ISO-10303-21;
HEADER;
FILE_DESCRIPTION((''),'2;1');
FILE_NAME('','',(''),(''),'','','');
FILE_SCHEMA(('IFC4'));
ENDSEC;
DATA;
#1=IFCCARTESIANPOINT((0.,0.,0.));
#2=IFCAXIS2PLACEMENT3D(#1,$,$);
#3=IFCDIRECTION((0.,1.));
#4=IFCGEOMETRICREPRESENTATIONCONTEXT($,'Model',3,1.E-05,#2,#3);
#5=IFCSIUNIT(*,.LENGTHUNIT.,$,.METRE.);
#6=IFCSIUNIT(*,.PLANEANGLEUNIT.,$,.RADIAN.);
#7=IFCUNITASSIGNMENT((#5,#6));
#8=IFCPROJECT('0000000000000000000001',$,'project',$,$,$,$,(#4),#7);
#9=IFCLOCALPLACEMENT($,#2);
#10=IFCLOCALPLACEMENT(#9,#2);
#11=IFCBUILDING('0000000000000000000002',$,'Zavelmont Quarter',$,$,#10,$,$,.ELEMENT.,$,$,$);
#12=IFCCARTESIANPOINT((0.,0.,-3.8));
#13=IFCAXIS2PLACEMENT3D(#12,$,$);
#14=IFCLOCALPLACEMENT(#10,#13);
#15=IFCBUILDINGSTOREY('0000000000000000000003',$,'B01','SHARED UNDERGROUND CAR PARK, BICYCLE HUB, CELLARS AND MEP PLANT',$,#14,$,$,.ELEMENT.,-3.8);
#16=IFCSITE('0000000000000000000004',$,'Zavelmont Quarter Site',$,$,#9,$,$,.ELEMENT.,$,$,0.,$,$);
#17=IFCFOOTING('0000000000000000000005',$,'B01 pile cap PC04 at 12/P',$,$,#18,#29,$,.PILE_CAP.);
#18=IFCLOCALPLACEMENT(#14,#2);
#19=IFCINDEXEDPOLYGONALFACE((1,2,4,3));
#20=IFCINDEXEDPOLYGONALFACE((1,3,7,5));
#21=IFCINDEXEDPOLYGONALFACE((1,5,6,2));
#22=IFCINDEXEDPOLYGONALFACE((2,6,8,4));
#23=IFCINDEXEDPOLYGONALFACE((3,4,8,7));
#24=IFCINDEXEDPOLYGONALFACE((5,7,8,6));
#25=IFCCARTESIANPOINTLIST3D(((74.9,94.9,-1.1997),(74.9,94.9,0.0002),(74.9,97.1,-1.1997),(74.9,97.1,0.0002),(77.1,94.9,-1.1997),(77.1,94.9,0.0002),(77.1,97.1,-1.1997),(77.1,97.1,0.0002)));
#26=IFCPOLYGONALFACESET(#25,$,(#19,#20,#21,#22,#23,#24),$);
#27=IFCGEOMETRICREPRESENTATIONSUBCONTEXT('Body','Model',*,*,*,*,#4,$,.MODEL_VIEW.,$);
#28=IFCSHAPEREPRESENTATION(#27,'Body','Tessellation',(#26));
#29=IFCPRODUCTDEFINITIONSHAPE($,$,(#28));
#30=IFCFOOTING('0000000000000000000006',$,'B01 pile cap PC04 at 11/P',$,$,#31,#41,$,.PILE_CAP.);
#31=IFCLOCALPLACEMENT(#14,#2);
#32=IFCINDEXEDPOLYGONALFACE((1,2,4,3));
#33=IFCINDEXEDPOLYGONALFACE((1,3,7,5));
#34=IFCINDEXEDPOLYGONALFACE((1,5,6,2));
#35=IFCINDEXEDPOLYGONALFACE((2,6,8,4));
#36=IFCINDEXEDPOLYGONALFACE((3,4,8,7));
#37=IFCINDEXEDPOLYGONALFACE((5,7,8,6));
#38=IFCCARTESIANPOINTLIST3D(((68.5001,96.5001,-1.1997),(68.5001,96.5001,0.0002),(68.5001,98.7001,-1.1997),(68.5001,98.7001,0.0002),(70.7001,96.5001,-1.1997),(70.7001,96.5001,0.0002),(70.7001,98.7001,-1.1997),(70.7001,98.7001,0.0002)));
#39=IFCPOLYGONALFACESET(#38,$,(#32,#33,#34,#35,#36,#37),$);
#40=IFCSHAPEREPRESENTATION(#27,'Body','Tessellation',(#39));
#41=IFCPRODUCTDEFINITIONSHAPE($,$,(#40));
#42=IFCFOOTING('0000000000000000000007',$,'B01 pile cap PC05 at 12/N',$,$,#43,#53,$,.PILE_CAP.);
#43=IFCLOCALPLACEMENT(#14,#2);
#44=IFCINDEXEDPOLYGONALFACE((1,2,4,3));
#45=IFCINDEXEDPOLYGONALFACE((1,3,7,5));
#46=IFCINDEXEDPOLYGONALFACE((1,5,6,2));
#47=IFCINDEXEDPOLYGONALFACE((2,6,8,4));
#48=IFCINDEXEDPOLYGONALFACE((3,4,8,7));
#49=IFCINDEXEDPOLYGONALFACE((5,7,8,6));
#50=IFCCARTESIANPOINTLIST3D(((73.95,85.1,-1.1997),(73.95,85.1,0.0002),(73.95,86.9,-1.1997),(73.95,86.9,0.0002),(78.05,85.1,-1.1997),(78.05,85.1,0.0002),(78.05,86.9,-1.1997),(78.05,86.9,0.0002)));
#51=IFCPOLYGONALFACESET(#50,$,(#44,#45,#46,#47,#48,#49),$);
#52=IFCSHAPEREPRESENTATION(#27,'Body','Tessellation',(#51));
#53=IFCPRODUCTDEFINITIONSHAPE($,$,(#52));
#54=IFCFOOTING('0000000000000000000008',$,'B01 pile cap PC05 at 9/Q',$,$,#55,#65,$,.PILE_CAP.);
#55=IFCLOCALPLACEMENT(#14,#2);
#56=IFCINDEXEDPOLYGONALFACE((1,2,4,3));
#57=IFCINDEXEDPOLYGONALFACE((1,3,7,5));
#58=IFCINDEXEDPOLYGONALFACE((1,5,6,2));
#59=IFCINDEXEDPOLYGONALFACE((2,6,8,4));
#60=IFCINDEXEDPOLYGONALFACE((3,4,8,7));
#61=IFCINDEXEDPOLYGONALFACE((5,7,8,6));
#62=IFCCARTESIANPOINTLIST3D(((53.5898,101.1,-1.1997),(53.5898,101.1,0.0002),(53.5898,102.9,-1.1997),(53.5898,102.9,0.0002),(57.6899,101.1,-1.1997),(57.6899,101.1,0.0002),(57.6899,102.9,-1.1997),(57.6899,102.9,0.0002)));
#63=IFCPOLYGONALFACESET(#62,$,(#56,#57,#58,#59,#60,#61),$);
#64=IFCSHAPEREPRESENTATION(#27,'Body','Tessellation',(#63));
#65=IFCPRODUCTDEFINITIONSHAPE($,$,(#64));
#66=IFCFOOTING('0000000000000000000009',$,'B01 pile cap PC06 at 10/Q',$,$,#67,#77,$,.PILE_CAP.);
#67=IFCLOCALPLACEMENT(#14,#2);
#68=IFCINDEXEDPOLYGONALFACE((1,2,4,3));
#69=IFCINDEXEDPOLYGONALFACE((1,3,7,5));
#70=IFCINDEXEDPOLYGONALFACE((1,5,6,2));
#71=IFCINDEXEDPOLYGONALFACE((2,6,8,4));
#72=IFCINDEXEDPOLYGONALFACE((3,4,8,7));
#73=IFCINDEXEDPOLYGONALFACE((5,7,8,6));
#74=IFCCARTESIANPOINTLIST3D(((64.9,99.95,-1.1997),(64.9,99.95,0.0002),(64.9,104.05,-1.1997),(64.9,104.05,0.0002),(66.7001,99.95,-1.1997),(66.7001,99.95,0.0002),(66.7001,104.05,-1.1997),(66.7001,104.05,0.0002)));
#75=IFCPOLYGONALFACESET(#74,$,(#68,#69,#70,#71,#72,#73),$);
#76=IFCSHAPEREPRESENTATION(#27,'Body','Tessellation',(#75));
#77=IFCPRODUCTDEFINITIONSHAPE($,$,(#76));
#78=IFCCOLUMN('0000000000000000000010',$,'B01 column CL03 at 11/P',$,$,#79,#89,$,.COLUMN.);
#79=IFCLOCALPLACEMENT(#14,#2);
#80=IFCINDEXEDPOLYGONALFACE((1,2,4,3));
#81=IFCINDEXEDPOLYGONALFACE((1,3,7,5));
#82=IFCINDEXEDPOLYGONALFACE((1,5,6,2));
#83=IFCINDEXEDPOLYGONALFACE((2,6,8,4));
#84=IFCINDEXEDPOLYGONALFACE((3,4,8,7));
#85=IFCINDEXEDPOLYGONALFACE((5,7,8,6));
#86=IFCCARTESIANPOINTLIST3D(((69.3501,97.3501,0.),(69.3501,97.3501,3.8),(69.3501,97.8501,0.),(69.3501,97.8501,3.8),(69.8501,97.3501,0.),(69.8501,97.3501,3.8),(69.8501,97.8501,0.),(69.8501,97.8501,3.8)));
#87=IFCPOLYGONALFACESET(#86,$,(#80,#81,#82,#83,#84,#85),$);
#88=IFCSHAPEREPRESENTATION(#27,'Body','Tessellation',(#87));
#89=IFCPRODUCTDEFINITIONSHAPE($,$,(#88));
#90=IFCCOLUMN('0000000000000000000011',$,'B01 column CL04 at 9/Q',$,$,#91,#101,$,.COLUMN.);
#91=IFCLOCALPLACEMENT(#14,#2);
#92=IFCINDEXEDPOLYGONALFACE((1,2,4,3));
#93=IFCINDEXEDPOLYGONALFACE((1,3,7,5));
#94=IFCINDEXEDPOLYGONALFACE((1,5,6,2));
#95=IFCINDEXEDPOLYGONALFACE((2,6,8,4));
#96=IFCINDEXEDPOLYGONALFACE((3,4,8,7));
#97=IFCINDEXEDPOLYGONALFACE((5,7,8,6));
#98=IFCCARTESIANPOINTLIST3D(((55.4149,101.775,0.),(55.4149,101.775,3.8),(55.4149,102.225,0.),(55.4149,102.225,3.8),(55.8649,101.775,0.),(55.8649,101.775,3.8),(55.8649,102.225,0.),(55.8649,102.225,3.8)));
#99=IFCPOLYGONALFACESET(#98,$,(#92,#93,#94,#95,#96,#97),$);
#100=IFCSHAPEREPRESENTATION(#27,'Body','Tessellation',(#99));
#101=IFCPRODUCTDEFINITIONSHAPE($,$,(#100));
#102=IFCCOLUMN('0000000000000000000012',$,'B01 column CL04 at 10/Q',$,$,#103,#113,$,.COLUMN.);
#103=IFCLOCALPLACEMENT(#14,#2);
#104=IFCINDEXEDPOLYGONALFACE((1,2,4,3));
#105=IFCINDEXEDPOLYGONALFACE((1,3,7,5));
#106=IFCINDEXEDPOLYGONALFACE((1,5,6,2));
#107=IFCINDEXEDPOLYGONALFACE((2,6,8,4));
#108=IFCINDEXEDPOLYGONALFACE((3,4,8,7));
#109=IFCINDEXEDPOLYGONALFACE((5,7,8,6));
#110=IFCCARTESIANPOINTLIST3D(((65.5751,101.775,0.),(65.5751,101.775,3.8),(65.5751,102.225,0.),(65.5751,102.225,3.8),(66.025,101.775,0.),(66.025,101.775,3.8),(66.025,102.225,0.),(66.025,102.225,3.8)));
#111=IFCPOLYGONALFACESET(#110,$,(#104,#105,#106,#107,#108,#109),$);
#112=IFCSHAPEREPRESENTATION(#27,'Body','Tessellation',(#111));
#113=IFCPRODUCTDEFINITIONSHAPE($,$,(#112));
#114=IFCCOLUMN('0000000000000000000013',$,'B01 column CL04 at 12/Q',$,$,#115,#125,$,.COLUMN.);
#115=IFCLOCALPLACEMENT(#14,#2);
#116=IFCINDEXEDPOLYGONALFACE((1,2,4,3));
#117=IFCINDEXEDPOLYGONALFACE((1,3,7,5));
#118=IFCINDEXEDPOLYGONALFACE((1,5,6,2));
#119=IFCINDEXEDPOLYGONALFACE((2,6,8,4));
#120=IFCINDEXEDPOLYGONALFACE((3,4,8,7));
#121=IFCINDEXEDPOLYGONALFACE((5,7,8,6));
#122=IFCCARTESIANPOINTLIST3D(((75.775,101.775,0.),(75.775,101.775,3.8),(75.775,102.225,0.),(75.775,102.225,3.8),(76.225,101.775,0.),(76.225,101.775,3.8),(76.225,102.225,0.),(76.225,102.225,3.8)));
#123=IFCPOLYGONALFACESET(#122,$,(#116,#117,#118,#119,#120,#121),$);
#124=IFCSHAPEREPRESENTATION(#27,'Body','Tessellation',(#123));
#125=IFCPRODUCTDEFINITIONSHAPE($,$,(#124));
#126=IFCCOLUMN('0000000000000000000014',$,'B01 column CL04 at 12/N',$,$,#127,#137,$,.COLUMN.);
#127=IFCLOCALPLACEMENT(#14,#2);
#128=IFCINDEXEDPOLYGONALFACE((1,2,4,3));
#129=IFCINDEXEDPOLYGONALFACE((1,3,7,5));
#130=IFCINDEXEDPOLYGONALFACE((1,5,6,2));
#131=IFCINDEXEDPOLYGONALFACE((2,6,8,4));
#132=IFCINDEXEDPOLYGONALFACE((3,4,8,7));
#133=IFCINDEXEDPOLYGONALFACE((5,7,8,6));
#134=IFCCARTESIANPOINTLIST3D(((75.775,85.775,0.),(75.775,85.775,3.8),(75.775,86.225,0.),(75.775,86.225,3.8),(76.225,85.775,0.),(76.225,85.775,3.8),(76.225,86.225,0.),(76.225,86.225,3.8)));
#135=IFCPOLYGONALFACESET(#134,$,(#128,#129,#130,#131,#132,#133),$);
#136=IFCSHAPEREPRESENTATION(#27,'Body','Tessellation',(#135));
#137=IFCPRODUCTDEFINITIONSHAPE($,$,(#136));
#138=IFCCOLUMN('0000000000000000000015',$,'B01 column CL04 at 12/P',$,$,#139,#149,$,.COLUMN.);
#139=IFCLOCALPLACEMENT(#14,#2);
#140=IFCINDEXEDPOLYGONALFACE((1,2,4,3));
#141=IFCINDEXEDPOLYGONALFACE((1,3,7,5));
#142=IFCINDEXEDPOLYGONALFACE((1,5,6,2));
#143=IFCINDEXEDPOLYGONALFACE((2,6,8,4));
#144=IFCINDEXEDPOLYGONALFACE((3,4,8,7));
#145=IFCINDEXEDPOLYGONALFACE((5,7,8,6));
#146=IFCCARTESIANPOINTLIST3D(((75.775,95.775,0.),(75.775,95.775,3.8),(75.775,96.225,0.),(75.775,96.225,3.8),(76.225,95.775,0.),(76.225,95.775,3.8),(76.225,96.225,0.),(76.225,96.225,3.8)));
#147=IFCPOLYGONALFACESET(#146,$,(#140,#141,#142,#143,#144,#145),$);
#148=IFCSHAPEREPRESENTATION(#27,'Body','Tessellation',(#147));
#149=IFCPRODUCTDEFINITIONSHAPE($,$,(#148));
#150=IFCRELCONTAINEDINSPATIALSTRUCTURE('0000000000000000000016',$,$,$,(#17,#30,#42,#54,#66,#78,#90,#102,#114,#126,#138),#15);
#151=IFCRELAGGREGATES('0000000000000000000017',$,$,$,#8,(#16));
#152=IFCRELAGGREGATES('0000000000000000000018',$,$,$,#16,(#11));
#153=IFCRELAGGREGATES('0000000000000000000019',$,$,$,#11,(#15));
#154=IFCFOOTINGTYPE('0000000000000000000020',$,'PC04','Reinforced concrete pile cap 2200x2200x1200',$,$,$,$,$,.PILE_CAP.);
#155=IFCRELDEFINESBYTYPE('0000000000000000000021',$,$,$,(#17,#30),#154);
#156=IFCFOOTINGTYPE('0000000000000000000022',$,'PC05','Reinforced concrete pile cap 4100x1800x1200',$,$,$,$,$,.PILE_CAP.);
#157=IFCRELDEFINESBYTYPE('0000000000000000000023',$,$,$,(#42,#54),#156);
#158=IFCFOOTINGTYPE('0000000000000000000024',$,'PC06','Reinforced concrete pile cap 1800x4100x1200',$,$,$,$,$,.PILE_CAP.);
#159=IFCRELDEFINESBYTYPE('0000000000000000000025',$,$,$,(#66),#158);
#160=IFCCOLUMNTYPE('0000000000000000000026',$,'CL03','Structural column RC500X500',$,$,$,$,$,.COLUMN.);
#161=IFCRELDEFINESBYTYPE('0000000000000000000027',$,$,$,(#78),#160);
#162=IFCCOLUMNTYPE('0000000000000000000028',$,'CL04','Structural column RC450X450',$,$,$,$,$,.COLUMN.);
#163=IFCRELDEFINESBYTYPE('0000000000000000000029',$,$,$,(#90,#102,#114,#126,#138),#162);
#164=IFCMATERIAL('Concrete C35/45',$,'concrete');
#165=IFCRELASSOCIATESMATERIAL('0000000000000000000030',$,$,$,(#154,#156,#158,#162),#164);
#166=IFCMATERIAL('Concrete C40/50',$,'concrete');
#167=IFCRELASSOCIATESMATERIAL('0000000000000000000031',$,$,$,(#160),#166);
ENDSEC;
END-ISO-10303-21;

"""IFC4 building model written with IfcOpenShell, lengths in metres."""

from ifc_helpers import new_model, si_unit, direction, frame, origin, origin_2d, place, context, subcontext, project, spatial, rectangle, extrude, material, material_profile, profile_set, type_object, element, save


model = new_model("IFC4")

# Units and contexts
model_context = context("Model", 3, precision=1e-05, world=origin(), true_north=direction((0.0, 1.0)))
body_context = subcontext(model_context, "Body", "Model", "MODEL_VIEW")
ifc_project = project(units=[si_unit("LENGTHUNIT", "METRE"), si_unit("PLANEANGLEUNIT", "RADIAN")], contexts=[model_context])

# Site, building, storey
site_placement = place(None, origin())
site = spatial("IfcSite", under=ifc_project, at=site_placement, Name="Zavelmont Quarter Site", CompositionType="ELEMENT", RefElevation=0.0)
building_placement = place(site_placement, origin())
building = spatial("IfcBuilding", under=site, at=building_placement, Name="Zavelmont Quarter", CompositionType="ELEMENT")
storey_placement = place(building_placement, frame((0.0, 0.0, -3.8)))
storey = spatial("IfcBuildingStorey", under=building, at=storey_placement, Name="B01", Description="SHARED UNDERGROUND CAR PARK, BICYCLE HUB, CELLARS AND MEP PLANT", CompositionType="ELEMENT", Elevation=-3.8)

# Shared definitions
ifc_material_1 = material(Name="Concrete C35/45", Category="concrete")

# Footings
footing_type_1 = type_object("IfcFootingType", Name="PC04", Description="Reinforced concrete pile cap 2200x2200x1200", PredefinedType="PILE_CAP", material=ifc_material_1)
for number, where, z_axis, x_axis, name in (
    (1, (76.0, 96.0, -1.1997), (0.0, 0.0, 1.0), (1.0, 0.0, 0.0), "B01 pile cap PC04 at 12/P"),
    (2, (69.6001, 97.6001, -1.1997), (0.0, 0.0, 1.0), (1.0, 0.0, 0.0), "B01 pile cap PC04 at 11/P"),
):
    element("IfcFooting", number, at=place(storey_placement, frame(where, z_axis=z_axis, x_axis=x_axis)), inside=storey, type_object=footing_type_1, Name=name, PredefinedType="PILE_CAP", context=body_context, shape_type="SweptSolid", body=[
        extrude(rectangle(XDim=2.2, YDim=2.2, at=origin_2d()), origin(), (0.0, 0.0, 1.0), 1.2),
    ])
footing_type_2 = type_object("IfcFootingType", Name="PC05", Description="Reinforced concrete pile cap 4100x1800x1200", PredefinedType="PILE_CAP", material=ifc_material_1)
for number, where, z_axis, x_axis, name in (
    (3, (76.0, 86.0, -1.1997), (0.0, 0.0, 1.0), (1.0, 0.0, 0.0), "B01 pile cap PC05 at 12/N"),
    (4, (55.6399, 102.0, -1.1997), (0.0, 0.0, 1.0), (1.0, 0.0, 0.0), "B01 pile cap PC05 at 9/Q"),
):
    element("IfcFooting", number, at=place(storey_placement, frame(where, z_axis=z_axis, x_axis=x_axis)), inside=storey, type_object=footing_type_2, Name=name, PredefinedType="PILE_CAP", context=body_context, shape_type="SweptSolid", body=[
        extrude(rectangle(XDim=4.1001, YDim=1.8, at=origin_2d()), origin(), (0.0, 0.0, 1.0), 1.2),
    ])
footing_type_3 = type_object("IfcFootingType", Name="PC06", Description="Reinforced concrete pile cap 1800x4100x1200", PredefinedType="PILE_CAP", material=ifc_material_1)
footing_1_placement = place(storey_placement, frame((65.8, 102.0, -1.1997), z_axis=(0.0, 0.0, 1.0), x_axis=(1.0, 0.0, 0.0)))
element("IfcFooting", 5, at=footing_1_placement, inside=storey, type_object=footing_type_3, Name="B01 pile cap PC06 at 10/Q", PredefinedType="PILE_CAP", context=body_context, shape_type="SweptSolid", body=[
    extrude(rectangle(XDim=1.8, YDim=4.1001, at=origin_2d()), origin(), (0.0, 0.0, 1.0), 1.2),
])

# Columns
ifc_material_2 = material(Name="Concrete C40/50", Category="concrete")
ifc_material_profile_1 = material_profile(ifc_material_2, rectangle(XDim=0.5, YDim=0.5, at=origin_2d()), Name="RC500X500")
ifc_profile_set_1 = profile_set([ifc_material_profile_1], Name="Concrete C40/50")
column_type_1 = type_object("IfcColumnType", Name="CL03", Description="Structural column RC500X500", PredefinedType="COLUMN", material=ifc_profile_set_1)
column_placement = place(storey_placement, frame((69.6001, 97.6001, 0.0), z_axis=(0.0, 0.0, 1.0), x_axis=(1.0, 0.0, 0.0)))
element("IfcColumn", 6, at=column_placement, inside=storey, type_object=column_type_1, Name="B01 column CL03 at 11/P", PredefinedType="COLUMN", context=body_context, shape_type="SweptSolid", body=[
    extrude(rectangle(XDim=0.5, YDim=0.5, at=origin_2d()), origin(), (0.0, 0.0, 1.0), 3.8),
])
ifc_material_profile_2 = material_profile(ifc_material_1, rectangle(XDim=0.45, YDim=0.45, at=origin_2d()), Name="RC450X450")
ifc_profile_set_2 = profile_set([ifc_material_profile_2], Name="Concrete C35/45")
column_type_2 = type_object("IfcColumnType", Name="CL04", Description="Structural column RC450X450", PredefinedType="COLUMN", material=ifc_profile_set_2)
for number, where, z_axis, x_axis, name in (
    (7, (55.6399, 102.0, 0.0), (0.0, 0.0, 1.0), (1.0, 0.0, 0.0), "B01 column CL04 at 9/Q"),
    (8, (65.8, 102.0, 0.0), (0.0, 0.0, 1.0), (1.0, 0.0, 0.0), "B01 column CL04 at 10/Q"),
    (9, (76.0, 102.0, 0.0), (0.0, 0.0, 1.0), (1.0, 0.0, 0.0), "B01 column CL04 at 12/Q"),
    (10, (76.0, 86.0, 0.0), (0.0, 0.0, 1.0), (1.0, 0.0, 0.0), "B01 column CL04 at 12/N"),
    (11, (76.0, 96.0, 0.0), (0.0, 0.0, 1.0), (1.0, 0.0, 0.0), "B01 column CL04 at 12/P"),
):
    element("IfcColumn", number, at=place(storey_placement, frame(where, z_axis=z_axis, x_axis=x_axis)), inside=storey, type_object=column_type_2, Name=name, PredefinedType="COLUMN", context=body_context, shape_type="SweptSolid", body=[
        extrude(rectangle(XDim=0.45, YDim=0.45, at=origin_2d()), origin(), (0.0, 0.0, 1.0), 3.8),
    ])

save(model, "model.ifc")
